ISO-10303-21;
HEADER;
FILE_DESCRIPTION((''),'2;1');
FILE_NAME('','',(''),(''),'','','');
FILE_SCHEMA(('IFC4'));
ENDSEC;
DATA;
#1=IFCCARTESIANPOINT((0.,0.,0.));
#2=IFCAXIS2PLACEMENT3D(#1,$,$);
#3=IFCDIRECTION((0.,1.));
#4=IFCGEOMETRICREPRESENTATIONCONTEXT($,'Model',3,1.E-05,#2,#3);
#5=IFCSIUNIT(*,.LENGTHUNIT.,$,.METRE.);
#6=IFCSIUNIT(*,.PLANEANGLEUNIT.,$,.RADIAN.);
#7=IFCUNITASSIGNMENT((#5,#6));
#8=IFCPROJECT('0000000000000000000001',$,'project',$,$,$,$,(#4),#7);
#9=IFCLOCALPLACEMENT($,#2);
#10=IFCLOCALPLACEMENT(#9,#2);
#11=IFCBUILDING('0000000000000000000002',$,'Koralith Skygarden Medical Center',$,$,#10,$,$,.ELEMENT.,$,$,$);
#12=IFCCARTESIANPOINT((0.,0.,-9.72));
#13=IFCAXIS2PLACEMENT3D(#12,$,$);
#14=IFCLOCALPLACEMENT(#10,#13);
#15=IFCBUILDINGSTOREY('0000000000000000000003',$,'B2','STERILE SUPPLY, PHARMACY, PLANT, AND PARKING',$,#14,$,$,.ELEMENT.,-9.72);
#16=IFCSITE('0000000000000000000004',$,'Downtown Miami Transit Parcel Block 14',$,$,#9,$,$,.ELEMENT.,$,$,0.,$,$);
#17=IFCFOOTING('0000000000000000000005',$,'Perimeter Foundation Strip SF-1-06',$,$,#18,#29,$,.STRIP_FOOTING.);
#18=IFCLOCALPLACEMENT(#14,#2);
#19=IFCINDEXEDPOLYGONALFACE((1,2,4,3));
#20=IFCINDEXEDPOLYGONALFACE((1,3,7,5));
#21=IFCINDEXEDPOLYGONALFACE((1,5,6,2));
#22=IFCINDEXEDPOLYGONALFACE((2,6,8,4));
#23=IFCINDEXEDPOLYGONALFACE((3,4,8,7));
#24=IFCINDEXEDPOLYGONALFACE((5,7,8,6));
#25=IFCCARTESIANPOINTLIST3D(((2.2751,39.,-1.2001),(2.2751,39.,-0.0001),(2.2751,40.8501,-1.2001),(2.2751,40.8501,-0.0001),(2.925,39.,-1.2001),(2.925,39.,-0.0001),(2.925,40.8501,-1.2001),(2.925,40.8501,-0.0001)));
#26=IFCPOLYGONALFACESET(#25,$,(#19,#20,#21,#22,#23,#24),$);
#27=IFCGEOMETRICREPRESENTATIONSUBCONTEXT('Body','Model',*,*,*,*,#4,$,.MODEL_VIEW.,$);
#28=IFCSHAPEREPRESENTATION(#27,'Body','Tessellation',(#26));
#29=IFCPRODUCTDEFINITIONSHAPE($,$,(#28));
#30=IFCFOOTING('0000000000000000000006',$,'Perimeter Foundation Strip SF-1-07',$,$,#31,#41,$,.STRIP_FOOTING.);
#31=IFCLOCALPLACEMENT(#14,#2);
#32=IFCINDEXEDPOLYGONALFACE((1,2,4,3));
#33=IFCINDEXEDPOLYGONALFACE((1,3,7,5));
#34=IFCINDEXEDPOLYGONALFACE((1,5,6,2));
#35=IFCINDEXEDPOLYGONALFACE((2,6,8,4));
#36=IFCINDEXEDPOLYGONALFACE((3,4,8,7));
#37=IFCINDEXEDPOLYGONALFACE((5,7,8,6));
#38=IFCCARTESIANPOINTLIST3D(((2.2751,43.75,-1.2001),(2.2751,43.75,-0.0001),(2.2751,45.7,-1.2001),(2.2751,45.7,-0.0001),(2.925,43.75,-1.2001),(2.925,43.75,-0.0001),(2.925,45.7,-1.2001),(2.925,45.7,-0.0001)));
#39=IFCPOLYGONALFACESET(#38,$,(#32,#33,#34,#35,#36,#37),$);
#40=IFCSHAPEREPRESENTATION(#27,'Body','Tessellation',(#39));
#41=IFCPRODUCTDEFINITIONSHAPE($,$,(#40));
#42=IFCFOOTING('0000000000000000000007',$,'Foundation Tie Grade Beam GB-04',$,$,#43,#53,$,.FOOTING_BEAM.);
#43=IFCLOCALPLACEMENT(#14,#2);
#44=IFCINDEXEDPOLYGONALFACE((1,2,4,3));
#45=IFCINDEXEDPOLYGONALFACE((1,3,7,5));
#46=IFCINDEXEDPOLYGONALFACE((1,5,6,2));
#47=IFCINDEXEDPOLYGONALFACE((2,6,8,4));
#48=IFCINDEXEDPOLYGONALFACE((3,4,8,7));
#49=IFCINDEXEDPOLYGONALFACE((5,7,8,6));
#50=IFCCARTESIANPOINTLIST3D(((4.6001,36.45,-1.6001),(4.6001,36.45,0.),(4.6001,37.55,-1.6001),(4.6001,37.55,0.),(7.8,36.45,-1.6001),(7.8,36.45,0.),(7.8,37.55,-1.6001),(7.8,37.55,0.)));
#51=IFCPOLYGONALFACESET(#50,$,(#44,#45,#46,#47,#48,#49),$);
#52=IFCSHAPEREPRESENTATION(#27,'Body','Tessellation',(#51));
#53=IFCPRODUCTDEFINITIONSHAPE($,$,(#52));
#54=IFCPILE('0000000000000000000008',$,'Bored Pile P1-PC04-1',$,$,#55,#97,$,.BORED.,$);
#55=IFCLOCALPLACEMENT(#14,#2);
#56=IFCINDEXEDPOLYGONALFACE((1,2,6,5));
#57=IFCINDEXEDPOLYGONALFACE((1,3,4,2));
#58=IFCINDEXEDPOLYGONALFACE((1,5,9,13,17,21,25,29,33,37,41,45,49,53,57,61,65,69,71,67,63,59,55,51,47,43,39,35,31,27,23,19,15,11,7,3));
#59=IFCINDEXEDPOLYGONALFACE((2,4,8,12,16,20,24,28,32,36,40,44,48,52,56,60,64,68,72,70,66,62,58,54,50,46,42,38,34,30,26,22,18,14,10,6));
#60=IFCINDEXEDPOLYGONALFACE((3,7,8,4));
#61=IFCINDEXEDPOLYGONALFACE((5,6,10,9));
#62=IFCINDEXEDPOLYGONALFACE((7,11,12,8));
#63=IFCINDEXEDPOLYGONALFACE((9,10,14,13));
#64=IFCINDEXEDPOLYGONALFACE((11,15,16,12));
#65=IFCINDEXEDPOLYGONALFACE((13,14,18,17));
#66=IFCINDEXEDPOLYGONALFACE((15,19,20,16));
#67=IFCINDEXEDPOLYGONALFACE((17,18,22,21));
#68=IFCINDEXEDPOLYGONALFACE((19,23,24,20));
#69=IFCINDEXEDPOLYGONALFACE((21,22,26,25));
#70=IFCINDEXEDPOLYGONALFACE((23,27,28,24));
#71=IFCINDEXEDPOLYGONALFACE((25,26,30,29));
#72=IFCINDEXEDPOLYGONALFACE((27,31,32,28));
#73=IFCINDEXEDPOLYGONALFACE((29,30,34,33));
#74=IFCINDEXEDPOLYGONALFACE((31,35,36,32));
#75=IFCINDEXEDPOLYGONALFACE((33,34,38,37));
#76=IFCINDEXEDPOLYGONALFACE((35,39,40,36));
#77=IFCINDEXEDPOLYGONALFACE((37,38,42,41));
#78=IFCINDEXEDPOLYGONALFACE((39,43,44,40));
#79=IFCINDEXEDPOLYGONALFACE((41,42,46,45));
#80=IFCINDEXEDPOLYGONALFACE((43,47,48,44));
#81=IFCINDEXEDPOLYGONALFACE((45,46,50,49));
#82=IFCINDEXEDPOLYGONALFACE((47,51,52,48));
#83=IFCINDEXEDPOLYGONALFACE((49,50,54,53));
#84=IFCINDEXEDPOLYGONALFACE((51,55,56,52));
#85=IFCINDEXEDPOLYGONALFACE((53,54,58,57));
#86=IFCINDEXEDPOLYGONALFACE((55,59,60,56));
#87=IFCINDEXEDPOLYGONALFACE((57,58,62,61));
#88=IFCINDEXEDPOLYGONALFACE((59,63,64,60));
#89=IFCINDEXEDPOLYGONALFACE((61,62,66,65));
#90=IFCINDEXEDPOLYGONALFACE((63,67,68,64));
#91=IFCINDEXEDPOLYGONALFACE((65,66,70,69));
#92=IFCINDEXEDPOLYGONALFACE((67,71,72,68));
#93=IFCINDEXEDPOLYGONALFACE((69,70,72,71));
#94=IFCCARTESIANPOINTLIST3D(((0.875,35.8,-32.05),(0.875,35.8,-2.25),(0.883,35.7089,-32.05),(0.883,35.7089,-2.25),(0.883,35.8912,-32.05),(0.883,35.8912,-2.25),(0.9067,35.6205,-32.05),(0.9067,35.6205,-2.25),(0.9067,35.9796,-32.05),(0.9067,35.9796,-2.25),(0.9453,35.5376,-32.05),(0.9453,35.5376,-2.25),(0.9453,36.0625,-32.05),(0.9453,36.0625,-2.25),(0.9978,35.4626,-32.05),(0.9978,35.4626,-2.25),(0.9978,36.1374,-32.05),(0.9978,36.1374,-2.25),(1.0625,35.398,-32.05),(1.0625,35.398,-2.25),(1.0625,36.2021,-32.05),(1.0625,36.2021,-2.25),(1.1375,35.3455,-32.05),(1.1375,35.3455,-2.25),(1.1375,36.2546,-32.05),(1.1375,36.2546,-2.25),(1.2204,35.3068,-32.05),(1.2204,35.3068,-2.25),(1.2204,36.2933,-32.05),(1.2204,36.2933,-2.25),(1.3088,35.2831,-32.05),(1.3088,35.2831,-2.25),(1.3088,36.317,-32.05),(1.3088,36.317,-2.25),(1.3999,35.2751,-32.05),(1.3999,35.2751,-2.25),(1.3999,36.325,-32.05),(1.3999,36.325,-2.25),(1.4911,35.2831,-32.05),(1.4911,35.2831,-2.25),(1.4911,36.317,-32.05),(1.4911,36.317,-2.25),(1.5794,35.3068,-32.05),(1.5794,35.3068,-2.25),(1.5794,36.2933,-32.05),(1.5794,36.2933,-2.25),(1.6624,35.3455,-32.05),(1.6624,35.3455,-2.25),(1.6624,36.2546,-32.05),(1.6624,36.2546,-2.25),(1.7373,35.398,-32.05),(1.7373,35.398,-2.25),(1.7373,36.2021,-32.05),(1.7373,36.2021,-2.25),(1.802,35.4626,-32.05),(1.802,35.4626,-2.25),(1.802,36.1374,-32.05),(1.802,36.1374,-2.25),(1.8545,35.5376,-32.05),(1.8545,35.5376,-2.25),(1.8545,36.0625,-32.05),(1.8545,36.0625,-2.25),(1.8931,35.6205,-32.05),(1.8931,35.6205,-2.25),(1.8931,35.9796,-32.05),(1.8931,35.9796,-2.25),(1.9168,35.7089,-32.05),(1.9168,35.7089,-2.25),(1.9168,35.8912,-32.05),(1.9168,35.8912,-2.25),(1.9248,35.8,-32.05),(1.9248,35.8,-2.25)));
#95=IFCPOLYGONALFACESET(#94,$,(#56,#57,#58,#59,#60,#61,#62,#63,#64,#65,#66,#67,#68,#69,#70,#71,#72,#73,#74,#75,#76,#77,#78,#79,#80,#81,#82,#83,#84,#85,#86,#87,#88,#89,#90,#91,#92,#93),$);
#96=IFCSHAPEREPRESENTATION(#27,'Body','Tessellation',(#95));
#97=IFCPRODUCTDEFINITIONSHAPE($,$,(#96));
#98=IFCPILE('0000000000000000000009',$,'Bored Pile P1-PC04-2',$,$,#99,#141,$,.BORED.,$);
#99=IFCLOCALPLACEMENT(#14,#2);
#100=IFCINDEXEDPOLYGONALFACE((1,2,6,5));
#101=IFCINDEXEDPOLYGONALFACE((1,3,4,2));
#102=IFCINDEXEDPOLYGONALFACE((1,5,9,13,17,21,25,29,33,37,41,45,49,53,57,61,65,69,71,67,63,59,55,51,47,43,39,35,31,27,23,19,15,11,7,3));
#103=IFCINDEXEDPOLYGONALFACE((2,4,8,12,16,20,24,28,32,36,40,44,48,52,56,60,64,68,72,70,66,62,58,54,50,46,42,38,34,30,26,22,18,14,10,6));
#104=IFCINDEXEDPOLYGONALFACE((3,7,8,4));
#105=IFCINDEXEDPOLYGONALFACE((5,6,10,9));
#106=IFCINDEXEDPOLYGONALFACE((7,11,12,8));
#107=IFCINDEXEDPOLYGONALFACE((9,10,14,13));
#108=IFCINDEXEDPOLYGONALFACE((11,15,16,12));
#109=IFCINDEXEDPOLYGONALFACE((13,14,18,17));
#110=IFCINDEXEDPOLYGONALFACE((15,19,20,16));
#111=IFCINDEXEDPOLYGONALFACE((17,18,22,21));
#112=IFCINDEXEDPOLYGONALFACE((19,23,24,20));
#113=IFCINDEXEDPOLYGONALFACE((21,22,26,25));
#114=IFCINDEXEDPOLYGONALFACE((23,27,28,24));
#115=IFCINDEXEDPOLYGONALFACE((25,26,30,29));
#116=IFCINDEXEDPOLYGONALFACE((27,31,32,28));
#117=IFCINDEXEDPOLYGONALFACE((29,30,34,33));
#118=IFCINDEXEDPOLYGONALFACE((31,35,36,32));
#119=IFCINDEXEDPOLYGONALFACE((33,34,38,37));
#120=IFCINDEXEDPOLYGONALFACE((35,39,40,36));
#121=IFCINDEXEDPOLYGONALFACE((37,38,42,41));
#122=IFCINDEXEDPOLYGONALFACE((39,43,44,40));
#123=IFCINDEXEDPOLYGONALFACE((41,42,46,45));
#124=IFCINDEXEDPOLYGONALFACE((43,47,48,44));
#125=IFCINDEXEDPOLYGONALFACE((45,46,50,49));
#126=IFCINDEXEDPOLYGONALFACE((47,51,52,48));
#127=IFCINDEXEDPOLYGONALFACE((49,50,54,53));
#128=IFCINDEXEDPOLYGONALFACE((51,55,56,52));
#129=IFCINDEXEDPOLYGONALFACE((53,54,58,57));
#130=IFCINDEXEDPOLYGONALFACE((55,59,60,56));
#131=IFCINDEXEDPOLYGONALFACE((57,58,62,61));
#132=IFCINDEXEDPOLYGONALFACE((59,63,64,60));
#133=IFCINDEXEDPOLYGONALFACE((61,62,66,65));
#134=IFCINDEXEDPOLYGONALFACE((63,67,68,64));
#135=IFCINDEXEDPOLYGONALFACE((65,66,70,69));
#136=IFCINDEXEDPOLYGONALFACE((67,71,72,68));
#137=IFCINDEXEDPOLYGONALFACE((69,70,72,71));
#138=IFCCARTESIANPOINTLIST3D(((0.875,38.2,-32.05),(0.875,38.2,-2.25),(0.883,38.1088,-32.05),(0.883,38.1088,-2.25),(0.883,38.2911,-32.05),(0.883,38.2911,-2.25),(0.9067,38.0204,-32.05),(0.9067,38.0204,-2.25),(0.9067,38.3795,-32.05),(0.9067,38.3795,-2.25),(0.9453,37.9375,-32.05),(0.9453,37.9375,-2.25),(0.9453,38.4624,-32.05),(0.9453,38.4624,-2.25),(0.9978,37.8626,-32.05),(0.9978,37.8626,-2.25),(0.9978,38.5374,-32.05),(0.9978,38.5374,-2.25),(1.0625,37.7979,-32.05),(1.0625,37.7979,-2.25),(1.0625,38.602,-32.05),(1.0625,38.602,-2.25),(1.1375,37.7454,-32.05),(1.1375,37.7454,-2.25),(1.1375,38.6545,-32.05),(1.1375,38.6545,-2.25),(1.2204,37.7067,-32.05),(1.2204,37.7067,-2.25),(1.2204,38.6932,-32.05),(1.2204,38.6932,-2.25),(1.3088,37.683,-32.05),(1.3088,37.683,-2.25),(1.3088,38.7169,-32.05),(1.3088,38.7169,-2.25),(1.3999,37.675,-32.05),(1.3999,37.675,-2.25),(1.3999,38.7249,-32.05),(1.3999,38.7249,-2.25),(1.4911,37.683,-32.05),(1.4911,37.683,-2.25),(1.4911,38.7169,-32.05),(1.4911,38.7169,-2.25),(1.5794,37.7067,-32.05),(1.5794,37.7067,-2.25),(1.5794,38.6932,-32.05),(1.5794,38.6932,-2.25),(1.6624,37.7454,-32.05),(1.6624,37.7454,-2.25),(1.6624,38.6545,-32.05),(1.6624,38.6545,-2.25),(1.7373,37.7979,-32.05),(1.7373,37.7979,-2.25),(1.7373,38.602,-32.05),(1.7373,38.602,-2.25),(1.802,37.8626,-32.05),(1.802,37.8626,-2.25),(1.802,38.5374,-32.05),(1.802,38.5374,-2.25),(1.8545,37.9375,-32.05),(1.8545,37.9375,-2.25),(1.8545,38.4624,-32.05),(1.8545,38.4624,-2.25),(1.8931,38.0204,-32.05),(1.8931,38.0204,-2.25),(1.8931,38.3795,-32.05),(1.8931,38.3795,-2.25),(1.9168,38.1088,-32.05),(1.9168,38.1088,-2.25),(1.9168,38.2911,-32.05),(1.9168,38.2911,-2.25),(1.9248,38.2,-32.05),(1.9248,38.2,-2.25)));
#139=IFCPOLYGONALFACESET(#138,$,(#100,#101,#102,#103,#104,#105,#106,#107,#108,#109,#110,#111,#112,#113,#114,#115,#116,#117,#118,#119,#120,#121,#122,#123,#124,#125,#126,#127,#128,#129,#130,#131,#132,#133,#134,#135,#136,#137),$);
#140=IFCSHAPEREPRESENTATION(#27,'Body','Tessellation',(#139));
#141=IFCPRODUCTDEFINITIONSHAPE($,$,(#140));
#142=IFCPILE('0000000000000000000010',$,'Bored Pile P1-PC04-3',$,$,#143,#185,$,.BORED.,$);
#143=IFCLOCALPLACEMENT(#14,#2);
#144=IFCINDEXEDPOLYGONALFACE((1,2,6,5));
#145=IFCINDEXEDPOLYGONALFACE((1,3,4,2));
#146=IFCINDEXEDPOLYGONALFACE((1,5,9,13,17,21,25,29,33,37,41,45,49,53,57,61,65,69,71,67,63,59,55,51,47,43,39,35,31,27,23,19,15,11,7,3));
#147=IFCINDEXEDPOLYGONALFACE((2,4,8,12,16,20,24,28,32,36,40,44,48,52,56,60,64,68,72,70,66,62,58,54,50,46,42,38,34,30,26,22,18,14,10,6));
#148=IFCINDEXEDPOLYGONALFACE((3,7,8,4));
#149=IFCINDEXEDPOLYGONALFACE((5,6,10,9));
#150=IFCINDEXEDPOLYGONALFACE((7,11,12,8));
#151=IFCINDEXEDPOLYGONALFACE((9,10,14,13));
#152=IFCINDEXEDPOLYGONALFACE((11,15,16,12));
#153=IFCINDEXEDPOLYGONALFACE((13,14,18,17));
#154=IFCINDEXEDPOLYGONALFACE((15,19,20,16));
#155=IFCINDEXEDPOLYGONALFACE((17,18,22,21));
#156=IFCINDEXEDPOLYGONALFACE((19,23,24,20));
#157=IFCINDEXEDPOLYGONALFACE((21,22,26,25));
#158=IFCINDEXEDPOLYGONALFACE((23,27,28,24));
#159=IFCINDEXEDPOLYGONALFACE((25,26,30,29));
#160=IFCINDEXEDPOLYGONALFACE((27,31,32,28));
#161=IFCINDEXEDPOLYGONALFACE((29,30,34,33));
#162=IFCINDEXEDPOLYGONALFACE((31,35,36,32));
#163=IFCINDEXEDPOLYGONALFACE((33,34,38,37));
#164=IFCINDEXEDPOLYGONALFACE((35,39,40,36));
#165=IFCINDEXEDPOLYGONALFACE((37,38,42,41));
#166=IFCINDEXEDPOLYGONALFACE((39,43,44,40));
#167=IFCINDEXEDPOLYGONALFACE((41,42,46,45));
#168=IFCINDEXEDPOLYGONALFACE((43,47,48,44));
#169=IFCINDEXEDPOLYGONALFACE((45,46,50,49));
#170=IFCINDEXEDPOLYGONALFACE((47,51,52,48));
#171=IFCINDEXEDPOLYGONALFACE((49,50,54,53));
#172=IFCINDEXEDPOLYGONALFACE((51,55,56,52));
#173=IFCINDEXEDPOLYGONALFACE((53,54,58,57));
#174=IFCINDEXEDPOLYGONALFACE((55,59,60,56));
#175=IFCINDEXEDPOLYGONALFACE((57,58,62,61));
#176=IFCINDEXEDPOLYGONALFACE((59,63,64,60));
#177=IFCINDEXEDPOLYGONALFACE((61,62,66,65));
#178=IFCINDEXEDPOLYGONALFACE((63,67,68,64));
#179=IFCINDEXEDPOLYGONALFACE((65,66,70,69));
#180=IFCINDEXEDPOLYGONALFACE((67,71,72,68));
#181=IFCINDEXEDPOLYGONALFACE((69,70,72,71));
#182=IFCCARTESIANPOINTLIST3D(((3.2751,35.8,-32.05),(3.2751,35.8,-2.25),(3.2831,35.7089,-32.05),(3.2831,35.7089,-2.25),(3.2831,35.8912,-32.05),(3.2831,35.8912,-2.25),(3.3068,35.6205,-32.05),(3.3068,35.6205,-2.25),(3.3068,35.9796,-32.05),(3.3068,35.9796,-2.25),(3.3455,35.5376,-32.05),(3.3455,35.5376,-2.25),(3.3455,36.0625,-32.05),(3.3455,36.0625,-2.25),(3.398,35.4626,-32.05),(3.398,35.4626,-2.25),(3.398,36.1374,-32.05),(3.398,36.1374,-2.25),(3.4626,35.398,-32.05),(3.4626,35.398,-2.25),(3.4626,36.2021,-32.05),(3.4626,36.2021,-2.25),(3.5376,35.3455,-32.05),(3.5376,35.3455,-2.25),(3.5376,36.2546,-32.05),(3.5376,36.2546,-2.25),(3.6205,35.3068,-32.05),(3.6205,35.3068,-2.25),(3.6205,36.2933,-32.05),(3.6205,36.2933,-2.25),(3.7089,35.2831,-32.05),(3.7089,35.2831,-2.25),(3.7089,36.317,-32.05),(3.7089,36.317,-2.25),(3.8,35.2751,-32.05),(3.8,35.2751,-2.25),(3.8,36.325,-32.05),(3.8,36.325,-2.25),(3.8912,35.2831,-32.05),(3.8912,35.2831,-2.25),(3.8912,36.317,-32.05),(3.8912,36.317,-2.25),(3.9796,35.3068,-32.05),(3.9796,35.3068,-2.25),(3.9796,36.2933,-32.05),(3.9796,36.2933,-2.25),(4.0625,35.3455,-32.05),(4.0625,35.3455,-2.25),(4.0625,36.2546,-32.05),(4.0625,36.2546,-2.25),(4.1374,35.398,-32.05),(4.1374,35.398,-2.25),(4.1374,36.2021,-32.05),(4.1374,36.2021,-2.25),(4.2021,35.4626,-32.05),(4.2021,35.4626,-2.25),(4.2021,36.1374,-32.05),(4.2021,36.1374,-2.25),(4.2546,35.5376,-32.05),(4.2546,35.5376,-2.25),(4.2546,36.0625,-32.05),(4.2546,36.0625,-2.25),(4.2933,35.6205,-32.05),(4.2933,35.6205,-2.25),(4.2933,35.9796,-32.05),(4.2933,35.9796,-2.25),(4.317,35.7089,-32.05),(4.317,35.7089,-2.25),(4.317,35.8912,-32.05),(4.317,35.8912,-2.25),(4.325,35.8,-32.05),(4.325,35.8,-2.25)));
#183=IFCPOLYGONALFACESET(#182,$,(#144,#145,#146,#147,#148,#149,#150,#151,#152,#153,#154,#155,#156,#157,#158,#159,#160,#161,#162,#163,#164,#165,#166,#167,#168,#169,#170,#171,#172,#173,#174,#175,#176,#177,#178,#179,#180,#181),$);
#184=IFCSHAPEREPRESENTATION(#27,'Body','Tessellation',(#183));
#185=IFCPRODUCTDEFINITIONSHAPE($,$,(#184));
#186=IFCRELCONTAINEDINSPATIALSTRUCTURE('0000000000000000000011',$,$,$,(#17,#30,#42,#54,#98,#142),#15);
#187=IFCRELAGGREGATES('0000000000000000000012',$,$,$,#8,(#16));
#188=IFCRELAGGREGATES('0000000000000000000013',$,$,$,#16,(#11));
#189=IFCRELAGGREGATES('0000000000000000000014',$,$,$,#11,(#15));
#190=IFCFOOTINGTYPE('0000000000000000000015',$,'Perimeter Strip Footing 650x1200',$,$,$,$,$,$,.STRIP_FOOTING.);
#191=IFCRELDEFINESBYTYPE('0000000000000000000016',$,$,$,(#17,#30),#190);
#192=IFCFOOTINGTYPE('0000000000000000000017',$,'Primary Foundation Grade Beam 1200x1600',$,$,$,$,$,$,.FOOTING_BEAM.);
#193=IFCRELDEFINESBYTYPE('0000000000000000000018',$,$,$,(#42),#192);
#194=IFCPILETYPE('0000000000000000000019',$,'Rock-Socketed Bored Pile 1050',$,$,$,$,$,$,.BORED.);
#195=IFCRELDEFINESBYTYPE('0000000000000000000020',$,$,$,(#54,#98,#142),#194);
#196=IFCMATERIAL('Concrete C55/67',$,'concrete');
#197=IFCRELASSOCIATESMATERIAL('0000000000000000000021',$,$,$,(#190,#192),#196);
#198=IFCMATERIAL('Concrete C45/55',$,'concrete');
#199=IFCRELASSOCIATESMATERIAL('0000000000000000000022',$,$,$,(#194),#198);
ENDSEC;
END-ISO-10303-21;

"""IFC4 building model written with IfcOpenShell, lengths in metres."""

from ifc_helpers import new_model, si_unit, direction, frame, origin, origin_2d, place, context, subcontext, project, spatial, rectangle, circle, extrude, material, material_profile, profile_set, type_object, element, save


model = new_model("IFC4")

# Units and contexts
model_context = context("Model", 3, precision=1e-05, world=origin(), true_north=direction((0.0, 1.0)))
body_context = subcontext(model_context, "Body", "Model", "MODEL_VIEW")
ifc_project = project(units=[si_unit("LENGTHUNIT", "METRE"), si_unit("PLANEANGLEUNIT", "RADIAN")], contexts=[model_context])

# Site, building, storey
site_placement = place(None, origin())
site = spatial("IfcSite", under=ifc_project, at=site_placement, Name="Downtown Miami Transit Parcel Block 14", CompositionType="ELEMENT", RefElevation=0.0)
building_placement = place(site_placement, origin())
building = spatial("IfcBuilding", under=site, at=building_placement, Name="Koralith Skygarden Medical Center", CompositionType="ELEMENT")
storey_placement = place(building_placement, frame((0.0, 0.0, -9.72)))
storey = spatial("IfcBuildingStorey", under=building, at=storey_placement, Name="B2", Description="STERILE SUPPLY, PHARMACY, PLANT, AND PARKING", CompositionType="ELEMENT", Elevation=-9.72)

# Footings
ifc_material_1 = material(Name="Concrete C55/67", Category="concrete")
ifc_material_profile_1 = material_profile(ifc_material_1, rectangle(XDim=0.6499, YDim=1.2, at=origin_2d()), Name="SF650X1200")
ifc_profile_set_1 = profile_set([ifc_material_profile_1], Name="Concrete C55/67")
footing_type_1 = type_object("IfcFootingType", Name="Perimeter Strip Footing 650x1200", PredefinedType="STRIP_FOOTING", material=ifc_profile_set_1)
footing_1_placement = place(storey_placement, frame((2.6001, 39.0, -0.6001), z_axis=(0.0, 1.0, 0.0), x_axis=(-1.0, 0.0, 0.0)))
element("IfcFooting", 1, at=footing_1_placement, inside=storey, type_object=footing_type_1, Name="Perimeter Foundation Strip SF-1-06", PredefinedType="STRIP_FOOTING", context=body_context, shape_type="SweptSolid", body=[
    extrude(rectangle(XDim=0.6499, YDim=1.2, at=origin_2d()), origin(), (0.0, 0.0, 1.0), 1.8501),
])
footing_2_placement = place(storey_placement, frame((2.6001, 43.75, -0.6001), z_axis=(0.0, 1.0, 0.0), x_axis=(-1.0, 0.0, 0.0)))
element("IfcFooting", 2, at=footing_2_placement, inside=storey, type_object=footing_type_1, Name="Perimeter Foundation Strip SF-1-07", PredefinedType="STRIP_FOOTING", context=body_context, shape_type="SweptSolid", body=[
    extrude(rectangle(XDim=0.6499, YDim=1.2, at=origin_2d()), origin(), (0.0, 0.0, 1.0), 1.95),
])
ifc_material_profile_2 = material_profile(ifc_material_1, rectangle(XDim=1.1001, YDim=1.6001, at=origin_2d()), Name="RCB1100X1600")
ifc_profile_set_2 = profile_set([ifc_material_profile_2], Name="Concrete C55/67")
footing_type_2 = type_object("IfcFootingType", Name="Primary Foundation Grade Beam 1200x1600", PredefinedType="FOOTING_BEAM", material=ifc_profile_set_2)
footing_3_placement = place(storey_placement, frame((4.6001, 37.0, -0.8), z_axis=(1.0, 0.0, 0.0), x_axis=(0.0, 1.0, 0.0)))
element("IfcFooting", 3, at=footing_3_placement, inside=storey, type_object=footing_type_2, Name="Foundation Tie Grade Beam GB-04", PredefinedType="FOOTING_BEAM", context=body_context, shape_type="SweptSolid", body=[
    extrude(rectangle(XDim=1.1001, YDim=1.6001, at=origin_2d()), origin(), (0.0, 0.0, 1.0), 3.2),
])

# Piles
ifc_material_2 = material(Name="Concrete C45/55", Category="concrete")
ifc_material_profile_3 = material_profile(ifc_material_2, circle(Radius=0.5249, at=origin_2d()), Name="PILE1050")
ifc_profile_set_3 = profile_set([ifc_material_profile_3], Name="Concrete C45/55")
pile_type = type_object("IfcPileType", Name="Rock-Socketed Bored Pile 1050", PredefinedType="BORED", material=ifc_profile_set_3)
for number, where, z_axis, x_axis, name in (
    (4, (1.3999, 35.8, -2.25), (0.0, 0.0, -1.0), (1.0, 0.0, 0.0), "Bored Pile P1-PC04-1"),
    (5, (1.3999, 38.2, -2.25), (0.0, 0.0, -1.0), (1.0, 0.0, 0.0), "Bored Pile P1-PC04-2"),
    (6, (3.8, 35.8, -2.25), (0.0, 0.0, -1.0), (1.0, 0.0, 0.0), "Bored Pile P1-PC04-3"),
):
    element("IfcPile", number, at=place(storey_placement, frame(where, z_axis=z_axis, x_axis=x_axis)), inside=storey, type_object=pile_type, Name=name, PredefinedType="BORED", context=body_context, shape_type="SweptSolid", body=[
        extrude(circle(Radius=0.5249, at=origin_2d()), origin(), (0.0, 0.0, 1.0), 29.8),
    ])

save(model, "model.ifc")
